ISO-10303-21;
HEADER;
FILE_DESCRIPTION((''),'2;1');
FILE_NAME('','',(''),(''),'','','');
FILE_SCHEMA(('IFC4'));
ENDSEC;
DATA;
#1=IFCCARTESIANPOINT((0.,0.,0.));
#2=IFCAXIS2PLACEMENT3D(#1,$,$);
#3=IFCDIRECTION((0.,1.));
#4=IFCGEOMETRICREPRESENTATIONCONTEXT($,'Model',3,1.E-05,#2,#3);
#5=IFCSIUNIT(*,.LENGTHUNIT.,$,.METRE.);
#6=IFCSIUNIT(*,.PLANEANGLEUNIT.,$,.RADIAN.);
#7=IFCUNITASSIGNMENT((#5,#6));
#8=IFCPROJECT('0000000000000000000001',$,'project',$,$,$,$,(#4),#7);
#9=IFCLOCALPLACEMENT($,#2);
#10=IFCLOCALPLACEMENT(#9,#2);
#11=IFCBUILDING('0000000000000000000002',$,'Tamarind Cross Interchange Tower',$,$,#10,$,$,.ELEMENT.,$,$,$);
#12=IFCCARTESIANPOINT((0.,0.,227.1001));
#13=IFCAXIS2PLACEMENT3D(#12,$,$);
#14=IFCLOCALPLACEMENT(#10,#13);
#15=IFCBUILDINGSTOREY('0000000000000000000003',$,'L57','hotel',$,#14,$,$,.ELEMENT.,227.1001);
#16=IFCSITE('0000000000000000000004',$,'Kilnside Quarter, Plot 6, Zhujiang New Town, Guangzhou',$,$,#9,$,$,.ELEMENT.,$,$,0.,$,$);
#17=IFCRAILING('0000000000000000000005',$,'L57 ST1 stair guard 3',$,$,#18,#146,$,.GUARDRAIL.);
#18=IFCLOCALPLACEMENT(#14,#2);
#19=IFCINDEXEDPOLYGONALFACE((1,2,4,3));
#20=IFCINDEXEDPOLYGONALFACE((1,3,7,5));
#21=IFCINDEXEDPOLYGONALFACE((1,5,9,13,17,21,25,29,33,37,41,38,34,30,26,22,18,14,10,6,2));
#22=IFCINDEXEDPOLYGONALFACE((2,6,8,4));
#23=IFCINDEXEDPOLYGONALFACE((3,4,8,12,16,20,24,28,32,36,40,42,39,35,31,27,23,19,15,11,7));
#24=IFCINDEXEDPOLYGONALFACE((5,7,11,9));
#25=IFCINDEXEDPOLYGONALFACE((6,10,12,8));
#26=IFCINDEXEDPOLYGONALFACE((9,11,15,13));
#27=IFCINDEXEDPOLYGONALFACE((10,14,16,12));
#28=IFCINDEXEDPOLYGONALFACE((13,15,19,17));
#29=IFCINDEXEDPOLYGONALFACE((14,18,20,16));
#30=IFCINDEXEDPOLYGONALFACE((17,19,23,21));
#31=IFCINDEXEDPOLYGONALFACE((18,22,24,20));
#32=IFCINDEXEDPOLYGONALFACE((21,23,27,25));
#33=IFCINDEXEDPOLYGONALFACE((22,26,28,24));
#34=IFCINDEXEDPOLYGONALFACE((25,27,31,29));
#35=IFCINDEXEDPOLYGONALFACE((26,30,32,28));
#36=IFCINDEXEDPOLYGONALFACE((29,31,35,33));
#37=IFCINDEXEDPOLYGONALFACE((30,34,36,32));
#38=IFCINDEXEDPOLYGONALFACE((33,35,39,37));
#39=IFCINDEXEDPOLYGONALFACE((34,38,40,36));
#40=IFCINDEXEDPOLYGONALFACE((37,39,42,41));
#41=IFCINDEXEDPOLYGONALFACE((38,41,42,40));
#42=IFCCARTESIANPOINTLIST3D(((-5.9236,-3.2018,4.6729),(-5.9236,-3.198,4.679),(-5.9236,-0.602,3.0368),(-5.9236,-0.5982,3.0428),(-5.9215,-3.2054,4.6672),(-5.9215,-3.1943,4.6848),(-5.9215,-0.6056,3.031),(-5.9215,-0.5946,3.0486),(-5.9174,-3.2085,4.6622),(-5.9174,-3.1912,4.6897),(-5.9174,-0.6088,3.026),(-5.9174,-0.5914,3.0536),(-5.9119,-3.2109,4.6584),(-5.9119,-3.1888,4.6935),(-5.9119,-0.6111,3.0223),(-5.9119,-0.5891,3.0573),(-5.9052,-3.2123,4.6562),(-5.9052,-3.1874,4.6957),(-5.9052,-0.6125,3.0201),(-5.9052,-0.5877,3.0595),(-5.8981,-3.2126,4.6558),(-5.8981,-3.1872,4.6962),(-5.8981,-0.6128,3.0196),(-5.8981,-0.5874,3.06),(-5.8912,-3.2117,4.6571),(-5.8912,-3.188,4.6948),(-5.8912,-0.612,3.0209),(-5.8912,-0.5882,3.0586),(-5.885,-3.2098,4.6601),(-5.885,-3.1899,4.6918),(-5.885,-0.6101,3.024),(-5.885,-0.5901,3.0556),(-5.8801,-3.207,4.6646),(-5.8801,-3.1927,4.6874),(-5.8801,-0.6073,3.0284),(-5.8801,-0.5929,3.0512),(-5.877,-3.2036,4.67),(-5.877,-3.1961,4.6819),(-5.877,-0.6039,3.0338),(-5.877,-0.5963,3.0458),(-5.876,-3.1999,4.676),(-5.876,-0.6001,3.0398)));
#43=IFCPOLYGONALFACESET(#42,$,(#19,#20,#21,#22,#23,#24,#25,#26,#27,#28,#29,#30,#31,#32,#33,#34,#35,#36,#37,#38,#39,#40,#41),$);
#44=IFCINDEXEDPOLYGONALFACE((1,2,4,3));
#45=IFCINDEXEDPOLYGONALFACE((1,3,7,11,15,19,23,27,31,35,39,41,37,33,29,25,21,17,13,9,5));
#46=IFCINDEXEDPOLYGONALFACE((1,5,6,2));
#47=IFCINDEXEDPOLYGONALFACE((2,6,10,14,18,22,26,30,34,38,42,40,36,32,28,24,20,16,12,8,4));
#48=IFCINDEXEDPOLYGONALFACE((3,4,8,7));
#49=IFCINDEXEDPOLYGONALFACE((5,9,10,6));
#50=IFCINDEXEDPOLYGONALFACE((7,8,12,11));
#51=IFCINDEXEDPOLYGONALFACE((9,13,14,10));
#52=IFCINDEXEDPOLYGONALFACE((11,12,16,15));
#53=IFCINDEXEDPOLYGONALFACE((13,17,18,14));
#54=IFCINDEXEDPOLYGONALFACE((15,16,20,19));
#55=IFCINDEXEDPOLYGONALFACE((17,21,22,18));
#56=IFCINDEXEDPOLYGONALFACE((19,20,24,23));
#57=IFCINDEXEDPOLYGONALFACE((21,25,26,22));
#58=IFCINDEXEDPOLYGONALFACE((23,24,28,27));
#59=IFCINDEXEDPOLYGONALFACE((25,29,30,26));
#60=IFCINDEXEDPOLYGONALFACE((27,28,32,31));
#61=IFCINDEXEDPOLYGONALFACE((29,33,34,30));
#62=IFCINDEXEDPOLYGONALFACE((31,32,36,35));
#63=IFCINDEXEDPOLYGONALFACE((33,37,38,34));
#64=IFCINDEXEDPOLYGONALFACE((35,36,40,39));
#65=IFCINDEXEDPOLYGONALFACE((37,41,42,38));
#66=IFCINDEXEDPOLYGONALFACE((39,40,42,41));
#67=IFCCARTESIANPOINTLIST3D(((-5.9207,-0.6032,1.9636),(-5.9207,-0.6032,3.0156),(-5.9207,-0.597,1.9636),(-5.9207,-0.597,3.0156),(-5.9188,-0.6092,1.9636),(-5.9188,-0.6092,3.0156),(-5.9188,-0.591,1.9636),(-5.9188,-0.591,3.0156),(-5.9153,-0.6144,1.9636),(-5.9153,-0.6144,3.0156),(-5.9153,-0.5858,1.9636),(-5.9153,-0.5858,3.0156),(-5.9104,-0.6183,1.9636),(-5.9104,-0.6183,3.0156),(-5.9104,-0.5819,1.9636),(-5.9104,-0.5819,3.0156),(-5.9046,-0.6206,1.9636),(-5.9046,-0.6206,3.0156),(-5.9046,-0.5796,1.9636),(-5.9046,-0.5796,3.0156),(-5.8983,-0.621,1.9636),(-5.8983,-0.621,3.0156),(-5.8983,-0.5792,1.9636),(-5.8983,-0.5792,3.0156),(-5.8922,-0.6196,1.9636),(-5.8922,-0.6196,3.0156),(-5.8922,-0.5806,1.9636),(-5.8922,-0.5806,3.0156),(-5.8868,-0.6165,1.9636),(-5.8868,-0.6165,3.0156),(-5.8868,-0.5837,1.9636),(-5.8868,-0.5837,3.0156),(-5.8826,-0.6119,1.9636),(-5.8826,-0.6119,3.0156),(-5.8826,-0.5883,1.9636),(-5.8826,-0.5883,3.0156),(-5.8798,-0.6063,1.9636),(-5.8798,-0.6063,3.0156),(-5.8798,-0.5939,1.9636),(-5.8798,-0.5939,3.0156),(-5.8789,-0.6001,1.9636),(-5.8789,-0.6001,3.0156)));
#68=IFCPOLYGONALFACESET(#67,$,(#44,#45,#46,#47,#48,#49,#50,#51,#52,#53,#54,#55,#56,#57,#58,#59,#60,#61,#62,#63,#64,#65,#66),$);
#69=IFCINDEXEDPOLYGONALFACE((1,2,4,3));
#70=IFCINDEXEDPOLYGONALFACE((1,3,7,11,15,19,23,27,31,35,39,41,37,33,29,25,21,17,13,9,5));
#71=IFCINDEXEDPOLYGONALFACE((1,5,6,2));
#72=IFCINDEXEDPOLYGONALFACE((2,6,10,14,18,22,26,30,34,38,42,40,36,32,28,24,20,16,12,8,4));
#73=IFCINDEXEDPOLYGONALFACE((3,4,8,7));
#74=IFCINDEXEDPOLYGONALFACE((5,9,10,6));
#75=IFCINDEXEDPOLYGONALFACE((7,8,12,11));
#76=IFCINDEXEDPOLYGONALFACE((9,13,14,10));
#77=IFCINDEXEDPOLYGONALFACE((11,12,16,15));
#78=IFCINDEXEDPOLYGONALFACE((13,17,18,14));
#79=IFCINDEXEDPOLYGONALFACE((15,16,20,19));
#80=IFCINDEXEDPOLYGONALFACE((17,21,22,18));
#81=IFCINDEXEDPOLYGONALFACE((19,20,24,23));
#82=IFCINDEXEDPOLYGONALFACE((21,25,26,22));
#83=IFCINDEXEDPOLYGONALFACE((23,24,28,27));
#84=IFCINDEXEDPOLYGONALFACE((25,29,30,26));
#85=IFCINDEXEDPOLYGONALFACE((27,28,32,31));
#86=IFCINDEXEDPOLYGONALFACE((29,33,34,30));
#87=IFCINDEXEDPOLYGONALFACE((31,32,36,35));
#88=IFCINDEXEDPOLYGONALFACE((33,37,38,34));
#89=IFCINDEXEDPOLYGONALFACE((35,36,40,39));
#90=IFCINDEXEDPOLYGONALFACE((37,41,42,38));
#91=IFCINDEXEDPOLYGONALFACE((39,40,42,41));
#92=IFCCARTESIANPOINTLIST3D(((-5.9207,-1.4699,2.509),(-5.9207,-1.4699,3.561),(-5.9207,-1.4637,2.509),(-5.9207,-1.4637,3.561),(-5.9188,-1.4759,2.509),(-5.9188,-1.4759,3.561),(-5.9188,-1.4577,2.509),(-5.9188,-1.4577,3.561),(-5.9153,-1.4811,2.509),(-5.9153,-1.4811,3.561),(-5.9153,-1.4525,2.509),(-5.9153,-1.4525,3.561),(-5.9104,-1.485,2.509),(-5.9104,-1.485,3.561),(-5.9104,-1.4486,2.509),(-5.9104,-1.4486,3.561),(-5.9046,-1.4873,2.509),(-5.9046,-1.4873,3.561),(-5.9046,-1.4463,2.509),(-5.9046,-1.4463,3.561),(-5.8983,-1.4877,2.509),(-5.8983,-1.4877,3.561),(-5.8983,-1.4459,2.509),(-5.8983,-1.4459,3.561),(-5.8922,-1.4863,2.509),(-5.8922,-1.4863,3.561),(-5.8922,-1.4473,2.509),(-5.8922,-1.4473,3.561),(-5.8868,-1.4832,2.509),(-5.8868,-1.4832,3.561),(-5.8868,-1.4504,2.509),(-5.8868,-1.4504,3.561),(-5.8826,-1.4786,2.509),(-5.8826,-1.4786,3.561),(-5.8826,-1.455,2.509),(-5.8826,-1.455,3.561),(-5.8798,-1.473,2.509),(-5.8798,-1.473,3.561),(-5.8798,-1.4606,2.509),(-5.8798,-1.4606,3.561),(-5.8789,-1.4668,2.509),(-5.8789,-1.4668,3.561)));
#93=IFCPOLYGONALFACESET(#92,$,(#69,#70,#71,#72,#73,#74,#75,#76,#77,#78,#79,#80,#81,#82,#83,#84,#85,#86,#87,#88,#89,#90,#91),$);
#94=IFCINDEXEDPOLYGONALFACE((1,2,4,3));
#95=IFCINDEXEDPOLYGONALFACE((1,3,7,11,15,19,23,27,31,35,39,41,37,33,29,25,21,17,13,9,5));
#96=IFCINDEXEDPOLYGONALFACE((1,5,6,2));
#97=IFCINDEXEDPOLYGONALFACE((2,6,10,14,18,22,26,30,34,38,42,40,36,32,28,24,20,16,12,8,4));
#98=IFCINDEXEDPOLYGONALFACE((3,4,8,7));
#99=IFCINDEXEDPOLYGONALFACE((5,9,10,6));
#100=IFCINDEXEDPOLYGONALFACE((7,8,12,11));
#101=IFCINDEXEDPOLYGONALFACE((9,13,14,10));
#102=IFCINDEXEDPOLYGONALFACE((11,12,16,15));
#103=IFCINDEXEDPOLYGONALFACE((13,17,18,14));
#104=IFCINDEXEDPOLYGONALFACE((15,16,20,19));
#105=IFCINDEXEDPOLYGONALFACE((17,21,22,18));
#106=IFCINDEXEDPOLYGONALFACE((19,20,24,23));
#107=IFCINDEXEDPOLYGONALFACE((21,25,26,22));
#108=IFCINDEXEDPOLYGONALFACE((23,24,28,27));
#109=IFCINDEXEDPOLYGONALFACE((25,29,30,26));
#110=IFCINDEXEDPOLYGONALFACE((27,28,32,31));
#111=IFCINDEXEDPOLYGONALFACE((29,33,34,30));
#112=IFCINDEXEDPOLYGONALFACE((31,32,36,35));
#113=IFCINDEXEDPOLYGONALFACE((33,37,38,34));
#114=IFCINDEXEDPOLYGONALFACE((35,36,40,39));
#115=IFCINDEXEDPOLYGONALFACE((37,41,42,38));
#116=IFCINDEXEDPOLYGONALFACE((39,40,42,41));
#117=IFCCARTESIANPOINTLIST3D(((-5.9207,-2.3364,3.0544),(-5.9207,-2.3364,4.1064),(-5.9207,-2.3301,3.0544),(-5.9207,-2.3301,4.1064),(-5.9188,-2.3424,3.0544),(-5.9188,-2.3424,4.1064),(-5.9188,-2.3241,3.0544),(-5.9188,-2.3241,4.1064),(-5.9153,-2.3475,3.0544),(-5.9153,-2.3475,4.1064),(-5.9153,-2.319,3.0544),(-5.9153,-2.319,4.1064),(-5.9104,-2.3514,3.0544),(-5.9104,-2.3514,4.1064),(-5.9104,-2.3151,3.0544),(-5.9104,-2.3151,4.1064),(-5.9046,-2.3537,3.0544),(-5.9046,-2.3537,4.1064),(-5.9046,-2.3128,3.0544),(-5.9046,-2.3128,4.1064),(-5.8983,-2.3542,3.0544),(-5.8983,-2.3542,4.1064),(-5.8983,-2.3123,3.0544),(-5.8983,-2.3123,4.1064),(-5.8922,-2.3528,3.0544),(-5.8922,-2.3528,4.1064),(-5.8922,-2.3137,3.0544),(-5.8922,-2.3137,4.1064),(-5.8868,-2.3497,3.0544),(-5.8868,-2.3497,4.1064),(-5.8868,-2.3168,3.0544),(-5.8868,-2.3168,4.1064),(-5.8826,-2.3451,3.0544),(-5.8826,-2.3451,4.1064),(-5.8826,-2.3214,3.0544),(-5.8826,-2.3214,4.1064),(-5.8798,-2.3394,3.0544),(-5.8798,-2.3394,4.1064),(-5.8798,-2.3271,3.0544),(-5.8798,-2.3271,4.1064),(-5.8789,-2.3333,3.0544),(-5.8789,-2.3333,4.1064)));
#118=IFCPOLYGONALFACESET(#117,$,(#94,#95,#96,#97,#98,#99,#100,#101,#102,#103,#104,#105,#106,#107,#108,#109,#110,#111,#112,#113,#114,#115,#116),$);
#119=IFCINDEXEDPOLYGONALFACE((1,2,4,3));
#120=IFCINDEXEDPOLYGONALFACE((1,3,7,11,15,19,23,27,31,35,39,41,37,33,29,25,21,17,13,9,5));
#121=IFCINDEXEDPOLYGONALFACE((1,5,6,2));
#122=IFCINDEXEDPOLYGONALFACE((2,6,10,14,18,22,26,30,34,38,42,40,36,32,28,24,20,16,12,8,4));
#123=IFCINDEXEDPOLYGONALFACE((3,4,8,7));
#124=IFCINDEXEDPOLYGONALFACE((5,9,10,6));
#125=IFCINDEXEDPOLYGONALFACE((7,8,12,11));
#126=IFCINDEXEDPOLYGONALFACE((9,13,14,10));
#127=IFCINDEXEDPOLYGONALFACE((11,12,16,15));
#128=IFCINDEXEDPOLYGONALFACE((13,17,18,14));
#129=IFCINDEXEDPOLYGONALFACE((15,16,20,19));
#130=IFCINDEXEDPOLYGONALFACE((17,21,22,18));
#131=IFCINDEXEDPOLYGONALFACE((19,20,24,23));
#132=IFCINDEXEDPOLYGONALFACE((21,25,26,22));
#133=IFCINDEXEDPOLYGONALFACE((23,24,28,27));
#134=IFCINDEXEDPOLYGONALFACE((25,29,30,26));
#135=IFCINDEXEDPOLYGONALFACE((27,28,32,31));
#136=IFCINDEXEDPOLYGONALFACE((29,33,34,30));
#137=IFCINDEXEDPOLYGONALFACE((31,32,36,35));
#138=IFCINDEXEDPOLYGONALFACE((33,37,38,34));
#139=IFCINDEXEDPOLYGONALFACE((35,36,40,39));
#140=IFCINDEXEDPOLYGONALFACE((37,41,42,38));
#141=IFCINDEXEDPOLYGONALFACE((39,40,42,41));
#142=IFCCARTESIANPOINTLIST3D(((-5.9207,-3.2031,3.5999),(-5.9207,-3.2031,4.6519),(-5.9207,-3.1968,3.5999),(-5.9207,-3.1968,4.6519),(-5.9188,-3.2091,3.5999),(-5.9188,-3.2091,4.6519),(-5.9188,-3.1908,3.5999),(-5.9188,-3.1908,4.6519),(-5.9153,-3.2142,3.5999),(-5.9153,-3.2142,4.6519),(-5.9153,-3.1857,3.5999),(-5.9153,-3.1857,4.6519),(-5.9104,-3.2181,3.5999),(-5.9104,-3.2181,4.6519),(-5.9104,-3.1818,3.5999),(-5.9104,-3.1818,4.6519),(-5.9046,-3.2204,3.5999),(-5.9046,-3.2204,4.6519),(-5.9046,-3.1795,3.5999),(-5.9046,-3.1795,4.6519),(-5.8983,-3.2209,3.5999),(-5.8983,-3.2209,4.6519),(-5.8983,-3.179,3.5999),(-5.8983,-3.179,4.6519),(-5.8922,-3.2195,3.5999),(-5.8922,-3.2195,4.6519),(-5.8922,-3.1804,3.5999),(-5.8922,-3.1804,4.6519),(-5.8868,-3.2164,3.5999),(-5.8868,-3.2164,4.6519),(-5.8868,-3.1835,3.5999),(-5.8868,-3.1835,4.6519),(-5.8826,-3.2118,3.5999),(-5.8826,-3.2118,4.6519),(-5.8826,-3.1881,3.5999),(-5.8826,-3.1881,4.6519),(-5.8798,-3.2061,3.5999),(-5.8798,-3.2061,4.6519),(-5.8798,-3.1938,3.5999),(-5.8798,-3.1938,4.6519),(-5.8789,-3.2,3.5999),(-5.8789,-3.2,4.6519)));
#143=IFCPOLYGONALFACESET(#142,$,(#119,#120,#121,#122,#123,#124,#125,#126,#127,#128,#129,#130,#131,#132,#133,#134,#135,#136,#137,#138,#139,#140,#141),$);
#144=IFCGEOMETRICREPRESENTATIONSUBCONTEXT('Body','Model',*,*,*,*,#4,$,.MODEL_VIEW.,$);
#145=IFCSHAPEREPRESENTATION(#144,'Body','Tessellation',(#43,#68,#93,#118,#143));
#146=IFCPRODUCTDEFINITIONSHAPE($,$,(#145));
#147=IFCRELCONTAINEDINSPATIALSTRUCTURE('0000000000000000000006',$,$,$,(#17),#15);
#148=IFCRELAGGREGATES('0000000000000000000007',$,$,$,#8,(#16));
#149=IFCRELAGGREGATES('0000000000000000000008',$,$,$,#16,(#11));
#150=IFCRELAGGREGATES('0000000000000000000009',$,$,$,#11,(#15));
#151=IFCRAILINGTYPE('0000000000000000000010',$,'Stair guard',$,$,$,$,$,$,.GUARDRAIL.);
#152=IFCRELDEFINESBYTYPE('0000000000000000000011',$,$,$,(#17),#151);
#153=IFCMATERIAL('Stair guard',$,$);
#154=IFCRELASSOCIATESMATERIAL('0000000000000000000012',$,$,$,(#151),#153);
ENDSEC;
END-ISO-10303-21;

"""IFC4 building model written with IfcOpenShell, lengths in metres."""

from ifc_helpers import new_model, si_unit, direction, frame, origin, origin_2d, place, context, subcontext, project, spatial, circle, extrude, material, type_object, element, save


model = new_model("IFC4")

# Units and contexts
model_context = context("Model", 3, precision=1e-05, world=origin(), true_north=direction((0.0, 1.0)))
body_context = subcontext(model_context, "Body", "Model", "MODEL_VIEW")
ifc_project = project(units=[si_unit("LENGTHUNIT", "METRE"), si_unit("PLANEANGLEUNIT", "RADIAN")], contexts=[model_context])

# Site, building, storey
site_placement = place(None, origin())
site = spatial("IfcSite", under=ifc_project, at=site_placement, Name="Kilnside Quarter, Plot 6, Zhujiang New Town, Guangzhou", CompositionType="ELEMENT", RefElevation=0.0)
building_placement = place(site_placement, origin())
building = spatial("IfcBuilding", under=site, at=building_placement, Name="Tamarind Cross Interchange Tower", CompositionType="ELEMENT")
storey_placement = place(building_placement, frame((0.0, 0.0, 227.1001)))
storey = spatial("IfcBuildingStorey", under=building, at=storey_placement, Name="L57", Description="hotel", CompositionType="ELEMENT", Elevation=227.1001)

# Railing
ifc_material_1 = material(Name="Stair guard")
railing_type_1 = type_object("IfcRailingType", Name="Stair guard", PredefinedType="GUARDRAIL", material=ifc_material_1)
railing_1_placement = place(storey_placement, frame((-5.8999, -0.6001, 1.9636)))
element("IfcRailing", 1, at=railing_1_placement, inside=storey, type_object=railing_type_1, Name="L57 ST1 stair guard 3", PredefinedType="GUARDRAIL", context=body_context, shape_type="SweptSolid", body=[
    extrude(circle(Radius=0.0239, at=origin_2d()), frame((0.0, 0.0, 1.0762), z_axis=(0.0, -0.846338, 0.532647), x_axis=(1.0, 0.0, 0.0)), (0.0, 0.0, 1.0), 3.0718),
    extrude(circle(Radius=0.021, at=origin_2d()), origin(), (0.0, 0.0, 1.0), 1.052),
    extrude(circle(Radius=0.021, at=origin_2d()), frame((0.0, -0.8667, 0.5454)), (0.0, 0.0, 1.0), 1.052),
    extrude(circle(Radius=0.021, at=origin_2d()), frame((0.0, -1.7332, 1.0908)), (0.0, 0.0, 1.0), 1.052),
    extrude(circle(Radius=0.021, at=origin_2d()), frame((0.0, -2.5999, 1.6362)), (0.0, 0.0, 1.0), 1.052),
])

save(model, "model.ifc")
